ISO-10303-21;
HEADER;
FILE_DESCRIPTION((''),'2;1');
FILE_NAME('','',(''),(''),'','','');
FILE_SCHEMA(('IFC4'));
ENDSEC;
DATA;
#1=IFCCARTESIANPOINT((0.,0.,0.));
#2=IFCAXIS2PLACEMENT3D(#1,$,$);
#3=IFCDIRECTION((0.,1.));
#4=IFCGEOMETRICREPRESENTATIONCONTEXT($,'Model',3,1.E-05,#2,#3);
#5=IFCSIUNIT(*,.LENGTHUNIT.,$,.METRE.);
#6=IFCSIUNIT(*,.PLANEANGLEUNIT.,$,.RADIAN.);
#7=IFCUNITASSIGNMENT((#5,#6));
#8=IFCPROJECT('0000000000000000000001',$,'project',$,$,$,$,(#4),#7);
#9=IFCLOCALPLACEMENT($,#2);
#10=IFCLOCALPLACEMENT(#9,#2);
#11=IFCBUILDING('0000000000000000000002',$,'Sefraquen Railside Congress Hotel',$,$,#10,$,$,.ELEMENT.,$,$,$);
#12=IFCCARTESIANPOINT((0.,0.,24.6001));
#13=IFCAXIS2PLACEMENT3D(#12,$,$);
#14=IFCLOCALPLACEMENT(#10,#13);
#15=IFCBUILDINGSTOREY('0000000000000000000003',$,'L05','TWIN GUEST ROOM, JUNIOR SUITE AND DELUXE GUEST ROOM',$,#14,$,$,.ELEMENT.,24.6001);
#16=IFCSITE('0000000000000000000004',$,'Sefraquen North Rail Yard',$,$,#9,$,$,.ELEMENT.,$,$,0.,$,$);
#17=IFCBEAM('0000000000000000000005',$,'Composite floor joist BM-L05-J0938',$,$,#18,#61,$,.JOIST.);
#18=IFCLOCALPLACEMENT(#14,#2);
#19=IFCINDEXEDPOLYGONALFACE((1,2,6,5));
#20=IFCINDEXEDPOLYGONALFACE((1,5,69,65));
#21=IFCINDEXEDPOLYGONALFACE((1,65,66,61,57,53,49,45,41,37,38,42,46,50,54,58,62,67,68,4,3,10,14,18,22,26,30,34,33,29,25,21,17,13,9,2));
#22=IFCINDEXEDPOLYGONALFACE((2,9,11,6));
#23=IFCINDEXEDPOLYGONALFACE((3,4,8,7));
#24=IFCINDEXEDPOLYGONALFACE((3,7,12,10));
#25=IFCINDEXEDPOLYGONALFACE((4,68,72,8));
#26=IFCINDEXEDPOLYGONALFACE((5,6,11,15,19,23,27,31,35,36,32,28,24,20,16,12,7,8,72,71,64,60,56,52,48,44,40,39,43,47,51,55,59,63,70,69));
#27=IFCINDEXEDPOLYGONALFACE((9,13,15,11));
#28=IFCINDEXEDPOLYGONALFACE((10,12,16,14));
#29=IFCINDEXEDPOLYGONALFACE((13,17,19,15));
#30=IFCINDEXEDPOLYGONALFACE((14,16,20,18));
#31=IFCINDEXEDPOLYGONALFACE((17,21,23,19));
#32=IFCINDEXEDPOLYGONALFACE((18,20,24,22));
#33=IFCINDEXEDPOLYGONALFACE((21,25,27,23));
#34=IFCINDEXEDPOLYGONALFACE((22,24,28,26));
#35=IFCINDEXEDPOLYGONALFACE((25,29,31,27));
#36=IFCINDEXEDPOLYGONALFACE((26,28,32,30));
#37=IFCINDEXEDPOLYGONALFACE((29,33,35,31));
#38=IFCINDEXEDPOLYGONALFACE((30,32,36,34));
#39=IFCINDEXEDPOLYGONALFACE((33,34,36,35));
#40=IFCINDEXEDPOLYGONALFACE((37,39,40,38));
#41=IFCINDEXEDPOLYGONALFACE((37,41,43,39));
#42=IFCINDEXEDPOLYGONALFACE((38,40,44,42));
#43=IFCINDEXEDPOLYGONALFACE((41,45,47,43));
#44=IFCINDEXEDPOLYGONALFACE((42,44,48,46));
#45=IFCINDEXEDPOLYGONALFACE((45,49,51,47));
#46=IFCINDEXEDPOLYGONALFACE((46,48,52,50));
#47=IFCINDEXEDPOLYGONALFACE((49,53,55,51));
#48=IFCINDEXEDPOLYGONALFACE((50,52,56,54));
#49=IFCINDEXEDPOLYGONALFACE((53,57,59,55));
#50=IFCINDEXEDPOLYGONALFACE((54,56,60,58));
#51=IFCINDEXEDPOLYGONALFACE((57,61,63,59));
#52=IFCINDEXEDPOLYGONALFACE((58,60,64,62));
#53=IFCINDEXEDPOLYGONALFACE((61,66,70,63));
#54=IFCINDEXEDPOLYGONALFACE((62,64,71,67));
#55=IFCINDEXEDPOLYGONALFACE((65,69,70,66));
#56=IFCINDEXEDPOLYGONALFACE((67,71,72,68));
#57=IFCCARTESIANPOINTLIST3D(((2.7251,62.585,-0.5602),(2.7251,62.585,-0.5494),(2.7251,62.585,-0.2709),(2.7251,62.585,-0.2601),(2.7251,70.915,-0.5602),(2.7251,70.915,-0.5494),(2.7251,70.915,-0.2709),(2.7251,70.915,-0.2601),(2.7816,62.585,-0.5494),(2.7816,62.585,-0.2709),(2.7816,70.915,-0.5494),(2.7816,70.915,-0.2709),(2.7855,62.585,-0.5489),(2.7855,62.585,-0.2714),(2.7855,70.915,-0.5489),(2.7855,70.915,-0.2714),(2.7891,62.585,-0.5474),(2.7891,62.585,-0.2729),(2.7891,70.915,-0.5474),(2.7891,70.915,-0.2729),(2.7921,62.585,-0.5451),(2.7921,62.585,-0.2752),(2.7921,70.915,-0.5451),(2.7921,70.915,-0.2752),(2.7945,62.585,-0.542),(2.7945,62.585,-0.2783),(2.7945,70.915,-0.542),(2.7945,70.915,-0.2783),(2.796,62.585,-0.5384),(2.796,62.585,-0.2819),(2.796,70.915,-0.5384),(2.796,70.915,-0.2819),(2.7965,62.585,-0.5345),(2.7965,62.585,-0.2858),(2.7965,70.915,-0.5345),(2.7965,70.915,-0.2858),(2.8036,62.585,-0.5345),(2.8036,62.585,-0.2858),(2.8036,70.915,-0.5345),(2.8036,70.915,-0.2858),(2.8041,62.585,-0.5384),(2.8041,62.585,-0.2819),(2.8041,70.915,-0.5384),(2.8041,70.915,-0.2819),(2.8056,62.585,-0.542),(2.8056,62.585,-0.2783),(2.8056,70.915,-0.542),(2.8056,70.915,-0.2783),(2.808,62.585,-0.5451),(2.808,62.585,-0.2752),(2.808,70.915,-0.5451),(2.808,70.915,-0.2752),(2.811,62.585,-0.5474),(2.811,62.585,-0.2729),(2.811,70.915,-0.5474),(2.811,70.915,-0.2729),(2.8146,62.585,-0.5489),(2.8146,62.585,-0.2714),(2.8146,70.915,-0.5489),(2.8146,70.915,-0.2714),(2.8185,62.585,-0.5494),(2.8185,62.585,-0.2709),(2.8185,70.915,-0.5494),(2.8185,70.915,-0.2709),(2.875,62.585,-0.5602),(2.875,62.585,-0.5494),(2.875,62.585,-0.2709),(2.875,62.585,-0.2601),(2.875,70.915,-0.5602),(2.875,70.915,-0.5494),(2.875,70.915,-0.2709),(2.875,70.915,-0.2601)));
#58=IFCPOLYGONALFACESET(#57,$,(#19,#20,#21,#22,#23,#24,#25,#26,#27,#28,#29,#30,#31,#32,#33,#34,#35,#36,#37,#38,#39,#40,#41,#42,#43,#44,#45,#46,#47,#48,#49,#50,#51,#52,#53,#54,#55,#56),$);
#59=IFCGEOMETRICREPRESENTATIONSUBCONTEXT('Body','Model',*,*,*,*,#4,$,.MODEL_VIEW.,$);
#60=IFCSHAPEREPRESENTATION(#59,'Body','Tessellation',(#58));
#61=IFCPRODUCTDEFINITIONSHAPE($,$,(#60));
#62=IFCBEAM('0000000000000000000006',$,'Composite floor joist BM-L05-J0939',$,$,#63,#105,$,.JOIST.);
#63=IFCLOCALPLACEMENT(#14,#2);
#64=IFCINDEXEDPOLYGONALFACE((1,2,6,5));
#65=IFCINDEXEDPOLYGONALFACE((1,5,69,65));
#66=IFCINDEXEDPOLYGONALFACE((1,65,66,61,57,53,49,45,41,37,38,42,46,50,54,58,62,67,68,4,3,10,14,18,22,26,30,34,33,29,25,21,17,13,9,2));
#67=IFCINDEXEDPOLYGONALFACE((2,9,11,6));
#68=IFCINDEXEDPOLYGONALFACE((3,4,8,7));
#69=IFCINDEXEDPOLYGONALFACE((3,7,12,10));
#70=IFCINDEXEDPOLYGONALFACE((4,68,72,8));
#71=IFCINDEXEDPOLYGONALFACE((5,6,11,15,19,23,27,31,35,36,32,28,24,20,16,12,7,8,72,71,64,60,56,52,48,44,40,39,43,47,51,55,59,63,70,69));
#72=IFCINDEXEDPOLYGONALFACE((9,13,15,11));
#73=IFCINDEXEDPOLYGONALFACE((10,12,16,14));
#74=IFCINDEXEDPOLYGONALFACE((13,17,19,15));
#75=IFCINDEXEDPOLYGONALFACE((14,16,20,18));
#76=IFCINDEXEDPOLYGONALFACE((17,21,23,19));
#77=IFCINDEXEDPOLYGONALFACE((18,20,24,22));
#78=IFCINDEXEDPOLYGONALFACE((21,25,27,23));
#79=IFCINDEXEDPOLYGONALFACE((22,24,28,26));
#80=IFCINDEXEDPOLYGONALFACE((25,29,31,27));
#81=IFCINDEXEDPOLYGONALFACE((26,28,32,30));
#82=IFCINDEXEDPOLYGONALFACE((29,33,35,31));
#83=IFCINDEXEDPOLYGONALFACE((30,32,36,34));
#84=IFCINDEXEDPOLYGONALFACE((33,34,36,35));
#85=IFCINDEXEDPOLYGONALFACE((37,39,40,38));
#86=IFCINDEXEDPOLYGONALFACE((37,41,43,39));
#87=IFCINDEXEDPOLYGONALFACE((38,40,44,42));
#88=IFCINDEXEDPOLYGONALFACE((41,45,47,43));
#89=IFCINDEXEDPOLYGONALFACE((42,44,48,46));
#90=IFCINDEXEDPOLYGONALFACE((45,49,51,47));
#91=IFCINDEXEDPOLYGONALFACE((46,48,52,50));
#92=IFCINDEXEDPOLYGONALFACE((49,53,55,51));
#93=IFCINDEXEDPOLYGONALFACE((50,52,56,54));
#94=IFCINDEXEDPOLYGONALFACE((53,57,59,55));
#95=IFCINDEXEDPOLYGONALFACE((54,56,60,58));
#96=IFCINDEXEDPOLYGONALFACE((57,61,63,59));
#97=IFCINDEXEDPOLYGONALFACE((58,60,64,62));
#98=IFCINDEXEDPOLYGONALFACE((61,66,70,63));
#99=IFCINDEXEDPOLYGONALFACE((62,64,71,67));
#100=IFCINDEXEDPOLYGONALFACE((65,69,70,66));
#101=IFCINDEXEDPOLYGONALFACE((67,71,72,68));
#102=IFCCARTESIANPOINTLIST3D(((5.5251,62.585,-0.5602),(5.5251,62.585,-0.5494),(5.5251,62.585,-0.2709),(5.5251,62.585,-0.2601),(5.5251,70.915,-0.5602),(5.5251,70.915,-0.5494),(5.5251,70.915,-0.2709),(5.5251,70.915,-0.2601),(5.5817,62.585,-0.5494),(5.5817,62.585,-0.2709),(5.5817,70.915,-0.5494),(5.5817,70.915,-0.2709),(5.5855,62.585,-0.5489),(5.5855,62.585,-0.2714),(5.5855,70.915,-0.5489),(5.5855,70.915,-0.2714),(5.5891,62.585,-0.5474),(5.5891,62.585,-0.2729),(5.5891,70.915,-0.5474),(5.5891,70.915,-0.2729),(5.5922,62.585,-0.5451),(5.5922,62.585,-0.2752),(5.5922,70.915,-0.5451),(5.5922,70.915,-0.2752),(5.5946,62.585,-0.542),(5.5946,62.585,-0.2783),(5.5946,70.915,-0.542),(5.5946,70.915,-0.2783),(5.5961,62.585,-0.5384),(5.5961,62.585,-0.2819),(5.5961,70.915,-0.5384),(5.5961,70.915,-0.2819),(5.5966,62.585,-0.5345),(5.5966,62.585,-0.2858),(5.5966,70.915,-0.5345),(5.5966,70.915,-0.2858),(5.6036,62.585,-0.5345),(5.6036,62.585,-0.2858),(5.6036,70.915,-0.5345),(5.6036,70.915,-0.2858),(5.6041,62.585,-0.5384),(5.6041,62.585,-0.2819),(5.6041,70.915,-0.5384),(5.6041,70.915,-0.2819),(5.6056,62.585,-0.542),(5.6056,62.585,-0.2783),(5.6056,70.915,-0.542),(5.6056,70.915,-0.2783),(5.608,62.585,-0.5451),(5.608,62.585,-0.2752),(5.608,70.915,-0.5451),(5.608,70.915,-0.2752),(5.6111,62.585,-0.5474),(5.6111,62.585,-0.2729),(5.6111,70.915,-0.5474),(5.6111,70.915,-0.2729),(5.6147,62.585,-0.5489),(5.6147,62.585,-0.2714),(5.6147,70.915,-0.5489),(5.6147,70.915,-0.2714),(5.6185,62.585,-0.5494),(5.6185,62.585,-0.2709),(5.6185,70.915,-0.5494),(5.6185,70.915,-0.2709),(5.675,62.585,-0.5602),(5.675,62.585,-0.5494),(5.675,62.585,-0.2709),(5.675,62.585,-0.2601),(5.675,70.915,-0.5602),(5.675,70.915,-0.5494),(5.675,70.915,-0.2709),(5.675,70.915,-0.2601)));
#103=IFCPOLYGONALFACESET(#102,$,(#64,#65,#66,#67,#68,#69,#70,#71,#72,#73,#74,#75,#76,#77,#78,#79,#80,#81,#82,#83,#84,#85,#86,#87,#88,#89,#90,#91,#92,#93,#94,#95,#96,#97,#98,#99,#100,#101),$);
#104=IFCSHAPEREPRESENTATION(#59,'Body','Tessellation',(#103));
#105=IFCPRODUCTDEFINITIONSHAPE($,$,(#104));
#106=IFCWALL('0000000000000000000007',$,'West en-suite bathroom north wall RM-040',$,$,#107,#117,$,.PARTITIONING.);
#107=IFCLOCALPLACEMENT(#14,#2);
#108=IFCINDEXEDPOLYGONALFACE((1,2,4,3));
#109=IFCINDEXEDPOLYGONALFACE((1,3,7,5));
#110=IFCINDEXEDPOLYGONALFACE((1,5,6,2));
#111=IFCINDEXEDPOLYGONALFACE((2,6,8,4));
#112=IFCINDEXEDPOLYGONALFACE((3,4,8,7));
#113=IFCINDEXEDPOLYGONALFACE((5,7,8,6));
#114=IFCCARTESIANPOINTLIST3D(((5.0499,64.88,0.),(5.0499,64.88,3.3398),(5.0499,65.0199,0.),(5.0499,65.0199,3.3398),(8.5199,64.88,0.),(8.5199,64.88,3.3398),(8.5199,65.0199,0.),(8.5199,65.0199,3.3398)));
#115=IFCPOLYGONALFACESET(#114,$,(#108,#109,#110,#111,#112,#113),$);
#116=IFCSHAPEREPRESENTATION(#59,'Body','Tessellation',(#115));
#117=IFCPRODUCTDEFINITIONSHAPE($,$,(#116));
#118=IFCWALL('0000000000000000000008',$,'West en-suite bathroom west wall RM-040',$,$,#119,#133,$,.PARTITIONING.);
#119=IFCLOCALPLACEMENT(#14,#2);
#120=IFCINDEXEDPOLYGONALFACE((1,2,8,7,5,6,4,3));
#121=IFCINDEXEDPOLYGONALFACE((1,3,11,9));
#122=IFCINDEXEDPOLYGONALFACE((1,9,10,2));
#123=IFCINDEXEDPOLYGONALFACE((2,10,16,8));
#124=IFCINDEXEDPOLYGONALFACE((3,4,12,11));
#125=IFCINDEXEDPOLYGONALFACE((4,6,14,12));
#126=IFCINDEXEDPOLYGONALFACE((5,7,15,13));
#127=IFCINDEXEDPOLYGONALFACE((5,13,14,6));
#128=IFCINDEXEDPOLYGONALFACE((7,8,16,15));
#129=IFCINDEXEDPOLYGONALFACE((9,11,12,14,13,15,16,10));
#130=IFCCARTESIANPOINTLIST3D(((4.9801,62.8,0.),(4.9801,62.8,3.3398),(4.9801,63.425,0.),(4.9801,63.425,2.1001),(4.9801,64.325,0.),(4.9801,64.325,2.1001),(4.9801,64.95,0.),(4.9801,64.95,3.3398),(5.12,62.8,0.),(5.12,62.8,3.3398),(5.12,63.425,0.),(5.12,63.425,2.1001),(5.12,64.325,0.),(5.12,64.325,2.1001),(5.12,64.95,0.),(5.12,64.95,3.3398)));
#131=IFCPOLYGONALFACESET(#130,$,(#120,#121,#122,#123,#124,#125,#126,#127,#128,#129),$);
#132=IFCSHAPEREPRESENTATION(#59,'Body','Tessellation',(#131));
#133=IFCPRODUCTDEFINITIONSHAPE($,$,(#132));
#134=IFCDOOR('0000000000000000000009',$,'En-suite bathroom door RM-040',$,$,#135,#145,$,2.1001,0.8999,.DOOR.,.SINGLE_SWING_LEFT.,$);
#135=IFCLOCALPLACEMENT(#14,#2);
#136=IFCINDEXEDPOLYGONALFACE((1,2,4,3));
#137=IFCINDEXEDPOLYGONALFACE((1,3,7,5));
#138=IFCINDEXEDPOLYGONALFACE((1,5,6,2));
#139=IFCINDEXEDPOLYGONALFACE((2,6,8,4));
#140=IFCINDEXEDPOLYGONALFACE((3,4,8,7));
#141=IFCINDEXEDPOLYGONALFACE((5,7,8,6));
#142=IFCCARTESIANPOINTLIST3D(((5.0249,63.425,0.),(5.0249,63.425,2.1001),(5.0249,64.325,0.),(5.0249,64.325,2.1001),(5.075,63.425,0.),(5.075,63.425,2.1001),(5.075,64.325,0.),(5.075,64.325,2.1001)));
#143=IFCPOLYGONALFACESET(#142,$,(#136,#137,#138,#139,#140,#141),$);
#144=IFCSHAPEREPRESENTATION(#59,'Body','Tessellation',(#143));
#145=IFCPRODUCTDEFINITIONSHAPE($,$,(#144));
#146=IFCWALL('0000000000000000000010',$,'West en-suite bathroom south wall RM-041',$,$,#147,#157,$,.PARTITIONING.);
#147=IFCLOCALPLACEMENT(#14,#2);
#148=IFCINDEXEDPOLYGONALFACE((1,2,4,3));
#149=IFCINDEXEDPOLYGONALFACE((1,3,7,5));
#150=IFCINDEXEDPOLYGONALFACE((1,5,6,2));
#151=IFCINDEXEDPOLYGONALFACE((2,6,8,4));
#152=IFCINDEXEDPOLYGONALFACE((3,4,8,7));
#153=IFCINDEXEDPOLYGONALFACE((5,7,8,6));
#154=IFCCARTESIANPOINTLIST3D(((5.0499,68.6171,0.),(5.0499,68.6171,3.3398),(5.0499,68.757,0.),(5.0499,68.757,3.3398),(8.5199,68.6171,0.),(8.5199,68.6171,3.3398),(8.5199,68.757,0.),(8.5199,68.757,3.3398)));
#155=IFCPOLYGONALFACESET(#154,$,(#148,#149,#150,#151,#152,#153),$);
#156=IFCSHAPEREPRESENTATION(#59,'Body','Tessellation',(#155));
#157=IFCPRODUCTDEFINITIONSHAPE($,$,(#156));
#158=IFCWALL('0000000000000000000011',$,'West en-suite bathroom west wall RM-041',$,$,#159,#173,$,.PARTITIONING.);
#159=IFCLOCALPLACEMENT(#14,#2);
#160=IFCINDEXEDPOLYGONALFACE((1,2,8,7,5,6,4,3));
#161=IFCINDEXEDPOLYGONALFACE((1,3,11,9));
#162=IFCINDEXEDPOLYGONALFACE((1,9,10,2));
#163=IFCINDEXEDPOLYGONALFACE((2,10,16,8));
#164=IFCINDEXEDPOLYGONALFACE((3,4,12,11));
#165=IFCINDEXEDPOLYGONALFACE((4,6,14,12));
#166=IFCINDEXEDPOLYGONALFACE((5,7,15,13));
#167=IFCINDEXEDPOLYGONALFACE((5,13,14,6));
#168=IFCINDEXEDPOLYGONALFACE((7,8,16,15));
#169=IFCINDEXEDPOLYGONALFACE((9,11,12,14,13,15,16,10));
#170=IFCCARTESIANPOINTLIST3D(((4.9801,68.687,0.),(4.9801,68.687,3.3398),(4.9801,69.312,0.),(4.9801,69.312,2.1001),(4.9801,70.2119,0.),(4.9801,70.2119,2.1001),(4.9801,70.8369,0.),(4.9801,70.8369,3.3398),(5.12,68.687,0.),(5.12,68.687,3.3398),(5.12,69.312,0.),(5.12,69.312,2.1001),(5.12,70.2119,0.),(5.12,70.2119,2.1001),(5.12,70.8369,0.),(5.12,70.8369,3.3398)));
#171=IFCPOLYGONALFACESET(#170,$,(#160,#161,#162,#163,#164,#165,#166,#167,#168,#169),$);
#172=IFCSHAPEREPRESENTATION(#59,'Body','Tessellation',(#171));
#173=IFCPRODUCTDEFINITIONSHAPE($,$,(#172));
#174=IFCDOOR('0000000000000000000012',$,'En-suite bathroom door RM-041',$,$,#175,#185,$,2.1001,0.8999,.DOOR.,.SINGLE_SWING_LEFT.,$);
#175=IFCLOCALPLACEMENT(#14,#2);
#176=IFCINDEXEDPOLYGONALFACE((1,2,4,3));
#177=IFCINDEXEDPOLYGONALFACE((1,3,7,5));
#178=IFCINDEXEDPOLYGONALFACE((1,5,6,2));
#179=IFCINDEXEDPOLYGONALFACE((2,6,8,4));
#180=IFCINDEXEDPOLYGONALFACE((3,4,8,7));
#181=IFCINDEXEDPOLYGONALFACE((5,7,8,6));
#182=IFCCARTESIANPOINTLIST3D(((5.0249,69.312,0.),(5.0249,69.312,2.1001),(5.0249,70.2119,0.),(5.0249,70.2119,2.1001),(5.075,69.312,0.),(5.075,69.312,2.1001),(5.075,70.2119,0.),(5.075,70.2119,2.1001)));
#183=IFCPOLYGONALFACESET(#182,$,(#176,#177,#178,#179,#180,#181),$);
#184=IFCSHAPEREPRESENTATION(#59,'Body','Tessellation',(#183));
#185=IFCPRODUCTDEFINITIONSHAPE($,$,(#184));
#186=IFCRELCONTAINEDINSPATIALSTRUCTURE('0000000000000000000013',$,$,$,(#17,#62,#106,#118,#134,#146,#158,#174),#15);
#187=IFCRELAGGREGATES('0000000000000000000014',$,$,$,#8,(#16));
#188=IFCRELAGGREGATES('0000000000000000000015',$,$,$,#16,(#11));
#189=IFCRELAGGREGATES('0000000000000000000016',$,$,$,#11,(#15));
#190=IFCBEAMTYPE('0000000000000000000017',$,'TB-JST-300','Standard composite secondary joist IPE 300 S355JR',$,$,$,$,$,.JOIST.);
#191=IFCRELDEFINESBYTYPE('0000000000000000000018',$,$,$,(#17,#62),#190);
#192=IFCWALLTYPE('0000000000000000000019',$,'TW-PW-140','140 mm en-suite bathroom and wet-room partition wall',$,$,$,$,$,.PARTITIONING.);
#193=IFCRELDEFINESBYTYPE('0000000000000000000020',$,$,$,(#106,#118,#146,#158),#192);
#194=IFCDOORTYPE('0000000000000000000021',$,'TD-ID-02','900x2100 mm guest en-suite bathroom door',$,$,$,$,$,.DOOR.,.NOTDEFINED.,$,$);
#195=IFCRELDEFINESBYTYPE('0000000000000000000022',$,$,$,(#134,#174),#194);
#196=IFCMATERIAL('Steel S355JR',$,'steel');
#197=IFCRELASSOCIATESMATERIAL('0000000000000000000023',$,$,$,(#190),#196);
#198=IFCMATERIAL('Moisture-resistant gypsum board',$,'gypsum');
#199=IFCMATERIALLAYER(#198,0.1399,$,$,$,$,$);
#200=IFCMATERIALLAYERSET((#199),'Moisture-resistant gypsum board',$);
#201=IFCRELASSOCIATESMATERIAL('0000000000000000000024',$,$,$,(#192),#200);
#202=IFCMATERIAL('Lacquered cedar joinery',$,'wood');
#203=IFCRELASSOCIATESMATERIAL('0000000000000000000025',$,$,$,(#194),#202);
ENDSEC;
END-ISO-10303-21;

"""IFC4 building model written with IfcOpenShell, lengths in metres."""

from ifc_helpers import new_model, si_unit, direction, frame, frame_2d, origin, origin_2d, place, context, subcontext, project, spatial, rectangle, i_section, extrude, material, layer, layer_set, material_profile, profile_set, type_object, element, fill, save


model = new_model("IFC4")

# Units and contexts
model_context = context("Model", 3, precision=1e-05, world=origin(), true_north=direction((0.0, 1.0)))
body_context = subcontext(model_context, "Body", "Model", "MODEL_VIEW")
ifc_project = project(units=[si_unit("LENGTHUNIT", "METRE"), si_unit("PLANEANGLEUNIT", "RADIAN")], contexts=[model_context])

# Site, building, storey
site_placement = place(None, origin())
site = spatial("IfcSite", under=ifc_project, at=site_placement, Name="Sefraquen North Rail Yard", CompositionType="ELEMENT", RefElevation=0.0)
building_placement = place(site_placement, origin())
building = spatial("IfcBuilding", under=site, at=building_placement, Name="Sefraquen Railside Congress Hotel", CompositionType="ELEMENT")
storey_placement = place(building_placement, frame((0.0, 0.0, 24.6001)))
storey = spatial("IfcBuildingStorey", under=building, at=storey_placement, Name="L05", Description="TWIN GUEST ROOM, JUNIOR SUITE AND DELUXE GUEST ROOM", CompositionType="ELEMENT", Elevation=24.6001)

# Shared definitions
ifc_material_1 = material(Name="Steel S355JR", Category="steel")

# Beams
ifc_material_profile_1 = material_profile(ifc_material_1, i_section(OverallWidth=0.1499, OverallDepth=0.3, WebThickness=0.0071, FlangeThickness=0.0107, FilletRadius=0.0149, at=origin_2d()), Name="IPE 300")
ifc_profile_set_1 = profile_set([ifc_material_profile_1], Name="Steel S355JR")
beam_type_1 = type_object("IfcBeamType", Name="TB-JST-300", Description="Standard composite secondary joist IPE 300 S355JR", PredefinedType="JOIST", material=ifc_profile_set_1)
for number, where, z_axis, x_axis, name in (
    (1, (2.8, 62.585, -0.4102), (0.0, 1.0, 0.0), (-1.0, 0.0, 0.0), "Composite floor joist BM-L05-J0938"),
    (2, (5.6001, 62.585, -0.4102), (0.0, 1.0, 0.0), (-1.0, 0.0, 0.0), "Composite floor joist BM-L05-J0939"),
):
    element("IfcBeam", number, at=place(storey_placement, frame(where, z_axis=z_axis, x_axis=x_axis)), inside=storey, type_object=beam_type_1, Name=name, PredefinedType="JOIST", context=body_context, shape_type="SweptSolid", body=[
        extrude(i_section(OverallWidth=0.1499, OverallDepth=0.3, WebThickness=0.0071, FlangeThickness=0.0107, FilletRadius=0.0149, at=origin_2d()), origin(), (0.0, 0.0, 1.0), 8.3301),
    ])

# Wall
ifc_material_2 = material(Name="Moisture-resistant gypsum board", Category="gypsum")
ifc_layer_1 = layer(ifc_material_2, 0.1399)
ifc_layer_set_1 = layer_set([ifc_layer_1], Name="Moisture-resistant gypsum board")
wall_type_1 = type_object("IfcWallType", Name="TW-PW-140", Description="140 mm en-suite bathroom and wet-room partition wall", PredefinedType="PARTITIONING", material=ifc_layer_set_1)
wall_1_placement = place(storey_placement, frame((5.05, 64.95, 0.0), z_axis=(0.0, 0.0, 1.0), x_axis=(1.0, 0.0, 0.0)))
element("IfcWall", 3, at=wall_1_placement, inside=storey, type_object=wall_type_1, Name="West en-suite bathroom north wall RM-040", PredefinedType="PARTITIONING", context=body_context, shape_type="SweptSolid", body=[
    extrude(rectangle(XDim=3.47, YDim=0.1399, at=frame_2d((1.7349, 0.0))), origin(), (0.0, 0.0, 1.0), 3.3398),
])

# Wall, opening, door
wall_2_placement = place(storey_placement, frame((5.05, 62.8, 0.0), z_axis=(0.0, 0.0, 1.0), x_axis=(0.0, 1.0, 0.0)))
wall_2 = element("IfcWall", 4, at=wall_2_placement, inside=storey, type_object=wall_type_1, Name="West en-suite bathroom west wall RM-040", PredefinedType="PARTITIONING", context=body_context, shape_type="SweptSolid", body=[
    extrude(rectangle(XDim=2.1499, YDim=0.1399, at=frame_2d((1.075, 0.0))), origin(), (0.0, 0.0, 1.0), 3.3398),
])
opening_1_placement = place(wall_2_placement, frame((0.625, 0.0, 0.0)))
opening_1 = element("IfcOpeningElement", 5, at=opening_1_placement, cuts=wall_2, PredefinedType="OPENING", context=body_context, shape_type="SweptSolid", body=[
    extrude(rectangle(XDim=0.8999, YDim=2.1001, at=frame_2d((0.45, 1.05))), frame((0.0, 0.0798, 0.0), z_axis=(0.0, -1.0, 0.0), x_axis=(1.0, 0.0, 0.0)), (0.0, 0.0, 1.0), 0.1599),
])
ifc_material_3 = material(Name="Lacquered cedar joinery", Category="wood")
door_type = type_object("IfcDoorType", Name="TD-ID-02", Description="900x2100 mm guest en-suite bathroom door", OperationType="NOTDEFINED", PredefinedType="DOOR", material=ifc_material_3)
door_1_placement = place(opening_1_placement, frame((0.8999, 0.0, 0.0), z_axis=(0.0, 0.0, 1.0), x_axis=(-1.0, 0.0, 0.0)))
door_1 = element("IfcDoor", 6, at=door_1_placement, inside=storey, type_object=door_type, Name="En-suite bathroom door RM-040", OperationType="SINGLE_SWING_LEFT", OverallHeight=2.1001, OverallWidth=0.8999, PredefinedType="DOOR", context=body_context, shape_type="SweptSolid", body=[
    extrude(rectangle(XDim=0.8999, YDim=2.1001, at=frame_2d((0.45, 1.05))), frame((0.0, 0.0249, 0.0), z_axis=(0.0, -1.0, 0.0), x_axis=(1.0, 0.0, 0.0)), (0.0, 0.0, 1.0), 0.05),
])
fill(opening_1, door_1)

# Wall
wall_3_placement = place(storey_placement, frame((5.05, 68.687, 0.0), z_axis=(0.0, 0.0, 1.0), x_axis=(1.0, 0.0, 0.0)))
element("IfcWall", 7, at=wall_3_placement, inside=storey, type_object=wall_type_1, Name="West en-suite bathroom south wall RM-041", PredefinedType="PARTITIONING", context=body_context, shape_type="SweptSolid", body=[
    extrude(rectangle(XDim=3.47, YDim=0.1399, at=frame_2d((1.7349, 0.0))), origin(), (0.0, 0.0, 1.0), 3.3398),
])

# Wall, opening, door
wall_4_placement = place(storey_placement, frame((5.05, 68.687, 0.0), z_axis=(0.0, 0.0, 1.0), x_axis=(0.0, 1.0, 0.0)))
wall_4 = element("IfcWall", 8, at=wall_4_placement, inside=storey, type_object=wall_type_1, Name="West en-suite bathroom west wall RM-041", PredefinedType="PARTITIONING", context=body_context, shape_type="SweptSolid", body=[
    extrude(rectangle(XDim=2.1499, YDim=0.1399, at=frame_2d((1.075, 0.0))), origin(), (0.0, 0.0, 1.0), 3.3398),
])
opening_2_placement = place(wall_4_placement, frame((0.625, 0.0, 0.0)))
opening_2 = element("IfcOpeningElement", 9, at=opening_2_placement, cuts=wall_4, PredefinedType="OPENING", context=body_context, shape_type="SweptSolid", body=[
    extrude(rectangle(XDim=0.8999, YDim=2.1001, at=frame_2d((0.45, 1.05))), frame((0.0, 0.0798, 0.0), z_axis=(0.0, -1.0, 0.0), x_axis=(1.0, 0.0, 0.0)), (0.0, 0.0, 1.0), 0.1599),
])
door_2_placement = place(opening_2_placement, frame((0.8999, 0.0, 0.0), z_axis=(0.0, 0.0, 1.0), x_axis=(-1.0, 0.0, 0.0)))
door_2 = element("IfcDoor", 10, at=door_2_placement, inside=storey, type_object=door_type, Name="En-suite bathroom door RM-041", OperationType="SINGLE_SWING_LEFT", OverallHeight=2.1001, OverallWidth=0.8999, PredefinedType="DOOR", context=body_context, shape_type="SweptSolid", body=[
    extrude(rectangle(XDim=0.8999, YDim=2.1001, at=frame_2d((0.45, 1.05))), frame((0.0, 0.0249, 0.0), z_axis=(0.0, -1.0, 0.0), x_axis=(1.0, 0.0, 0.0)), (0.0, 0.0, 1.0), 0.05),
])
fill(opening_2, door_2)

save(model, "model.ifc")
